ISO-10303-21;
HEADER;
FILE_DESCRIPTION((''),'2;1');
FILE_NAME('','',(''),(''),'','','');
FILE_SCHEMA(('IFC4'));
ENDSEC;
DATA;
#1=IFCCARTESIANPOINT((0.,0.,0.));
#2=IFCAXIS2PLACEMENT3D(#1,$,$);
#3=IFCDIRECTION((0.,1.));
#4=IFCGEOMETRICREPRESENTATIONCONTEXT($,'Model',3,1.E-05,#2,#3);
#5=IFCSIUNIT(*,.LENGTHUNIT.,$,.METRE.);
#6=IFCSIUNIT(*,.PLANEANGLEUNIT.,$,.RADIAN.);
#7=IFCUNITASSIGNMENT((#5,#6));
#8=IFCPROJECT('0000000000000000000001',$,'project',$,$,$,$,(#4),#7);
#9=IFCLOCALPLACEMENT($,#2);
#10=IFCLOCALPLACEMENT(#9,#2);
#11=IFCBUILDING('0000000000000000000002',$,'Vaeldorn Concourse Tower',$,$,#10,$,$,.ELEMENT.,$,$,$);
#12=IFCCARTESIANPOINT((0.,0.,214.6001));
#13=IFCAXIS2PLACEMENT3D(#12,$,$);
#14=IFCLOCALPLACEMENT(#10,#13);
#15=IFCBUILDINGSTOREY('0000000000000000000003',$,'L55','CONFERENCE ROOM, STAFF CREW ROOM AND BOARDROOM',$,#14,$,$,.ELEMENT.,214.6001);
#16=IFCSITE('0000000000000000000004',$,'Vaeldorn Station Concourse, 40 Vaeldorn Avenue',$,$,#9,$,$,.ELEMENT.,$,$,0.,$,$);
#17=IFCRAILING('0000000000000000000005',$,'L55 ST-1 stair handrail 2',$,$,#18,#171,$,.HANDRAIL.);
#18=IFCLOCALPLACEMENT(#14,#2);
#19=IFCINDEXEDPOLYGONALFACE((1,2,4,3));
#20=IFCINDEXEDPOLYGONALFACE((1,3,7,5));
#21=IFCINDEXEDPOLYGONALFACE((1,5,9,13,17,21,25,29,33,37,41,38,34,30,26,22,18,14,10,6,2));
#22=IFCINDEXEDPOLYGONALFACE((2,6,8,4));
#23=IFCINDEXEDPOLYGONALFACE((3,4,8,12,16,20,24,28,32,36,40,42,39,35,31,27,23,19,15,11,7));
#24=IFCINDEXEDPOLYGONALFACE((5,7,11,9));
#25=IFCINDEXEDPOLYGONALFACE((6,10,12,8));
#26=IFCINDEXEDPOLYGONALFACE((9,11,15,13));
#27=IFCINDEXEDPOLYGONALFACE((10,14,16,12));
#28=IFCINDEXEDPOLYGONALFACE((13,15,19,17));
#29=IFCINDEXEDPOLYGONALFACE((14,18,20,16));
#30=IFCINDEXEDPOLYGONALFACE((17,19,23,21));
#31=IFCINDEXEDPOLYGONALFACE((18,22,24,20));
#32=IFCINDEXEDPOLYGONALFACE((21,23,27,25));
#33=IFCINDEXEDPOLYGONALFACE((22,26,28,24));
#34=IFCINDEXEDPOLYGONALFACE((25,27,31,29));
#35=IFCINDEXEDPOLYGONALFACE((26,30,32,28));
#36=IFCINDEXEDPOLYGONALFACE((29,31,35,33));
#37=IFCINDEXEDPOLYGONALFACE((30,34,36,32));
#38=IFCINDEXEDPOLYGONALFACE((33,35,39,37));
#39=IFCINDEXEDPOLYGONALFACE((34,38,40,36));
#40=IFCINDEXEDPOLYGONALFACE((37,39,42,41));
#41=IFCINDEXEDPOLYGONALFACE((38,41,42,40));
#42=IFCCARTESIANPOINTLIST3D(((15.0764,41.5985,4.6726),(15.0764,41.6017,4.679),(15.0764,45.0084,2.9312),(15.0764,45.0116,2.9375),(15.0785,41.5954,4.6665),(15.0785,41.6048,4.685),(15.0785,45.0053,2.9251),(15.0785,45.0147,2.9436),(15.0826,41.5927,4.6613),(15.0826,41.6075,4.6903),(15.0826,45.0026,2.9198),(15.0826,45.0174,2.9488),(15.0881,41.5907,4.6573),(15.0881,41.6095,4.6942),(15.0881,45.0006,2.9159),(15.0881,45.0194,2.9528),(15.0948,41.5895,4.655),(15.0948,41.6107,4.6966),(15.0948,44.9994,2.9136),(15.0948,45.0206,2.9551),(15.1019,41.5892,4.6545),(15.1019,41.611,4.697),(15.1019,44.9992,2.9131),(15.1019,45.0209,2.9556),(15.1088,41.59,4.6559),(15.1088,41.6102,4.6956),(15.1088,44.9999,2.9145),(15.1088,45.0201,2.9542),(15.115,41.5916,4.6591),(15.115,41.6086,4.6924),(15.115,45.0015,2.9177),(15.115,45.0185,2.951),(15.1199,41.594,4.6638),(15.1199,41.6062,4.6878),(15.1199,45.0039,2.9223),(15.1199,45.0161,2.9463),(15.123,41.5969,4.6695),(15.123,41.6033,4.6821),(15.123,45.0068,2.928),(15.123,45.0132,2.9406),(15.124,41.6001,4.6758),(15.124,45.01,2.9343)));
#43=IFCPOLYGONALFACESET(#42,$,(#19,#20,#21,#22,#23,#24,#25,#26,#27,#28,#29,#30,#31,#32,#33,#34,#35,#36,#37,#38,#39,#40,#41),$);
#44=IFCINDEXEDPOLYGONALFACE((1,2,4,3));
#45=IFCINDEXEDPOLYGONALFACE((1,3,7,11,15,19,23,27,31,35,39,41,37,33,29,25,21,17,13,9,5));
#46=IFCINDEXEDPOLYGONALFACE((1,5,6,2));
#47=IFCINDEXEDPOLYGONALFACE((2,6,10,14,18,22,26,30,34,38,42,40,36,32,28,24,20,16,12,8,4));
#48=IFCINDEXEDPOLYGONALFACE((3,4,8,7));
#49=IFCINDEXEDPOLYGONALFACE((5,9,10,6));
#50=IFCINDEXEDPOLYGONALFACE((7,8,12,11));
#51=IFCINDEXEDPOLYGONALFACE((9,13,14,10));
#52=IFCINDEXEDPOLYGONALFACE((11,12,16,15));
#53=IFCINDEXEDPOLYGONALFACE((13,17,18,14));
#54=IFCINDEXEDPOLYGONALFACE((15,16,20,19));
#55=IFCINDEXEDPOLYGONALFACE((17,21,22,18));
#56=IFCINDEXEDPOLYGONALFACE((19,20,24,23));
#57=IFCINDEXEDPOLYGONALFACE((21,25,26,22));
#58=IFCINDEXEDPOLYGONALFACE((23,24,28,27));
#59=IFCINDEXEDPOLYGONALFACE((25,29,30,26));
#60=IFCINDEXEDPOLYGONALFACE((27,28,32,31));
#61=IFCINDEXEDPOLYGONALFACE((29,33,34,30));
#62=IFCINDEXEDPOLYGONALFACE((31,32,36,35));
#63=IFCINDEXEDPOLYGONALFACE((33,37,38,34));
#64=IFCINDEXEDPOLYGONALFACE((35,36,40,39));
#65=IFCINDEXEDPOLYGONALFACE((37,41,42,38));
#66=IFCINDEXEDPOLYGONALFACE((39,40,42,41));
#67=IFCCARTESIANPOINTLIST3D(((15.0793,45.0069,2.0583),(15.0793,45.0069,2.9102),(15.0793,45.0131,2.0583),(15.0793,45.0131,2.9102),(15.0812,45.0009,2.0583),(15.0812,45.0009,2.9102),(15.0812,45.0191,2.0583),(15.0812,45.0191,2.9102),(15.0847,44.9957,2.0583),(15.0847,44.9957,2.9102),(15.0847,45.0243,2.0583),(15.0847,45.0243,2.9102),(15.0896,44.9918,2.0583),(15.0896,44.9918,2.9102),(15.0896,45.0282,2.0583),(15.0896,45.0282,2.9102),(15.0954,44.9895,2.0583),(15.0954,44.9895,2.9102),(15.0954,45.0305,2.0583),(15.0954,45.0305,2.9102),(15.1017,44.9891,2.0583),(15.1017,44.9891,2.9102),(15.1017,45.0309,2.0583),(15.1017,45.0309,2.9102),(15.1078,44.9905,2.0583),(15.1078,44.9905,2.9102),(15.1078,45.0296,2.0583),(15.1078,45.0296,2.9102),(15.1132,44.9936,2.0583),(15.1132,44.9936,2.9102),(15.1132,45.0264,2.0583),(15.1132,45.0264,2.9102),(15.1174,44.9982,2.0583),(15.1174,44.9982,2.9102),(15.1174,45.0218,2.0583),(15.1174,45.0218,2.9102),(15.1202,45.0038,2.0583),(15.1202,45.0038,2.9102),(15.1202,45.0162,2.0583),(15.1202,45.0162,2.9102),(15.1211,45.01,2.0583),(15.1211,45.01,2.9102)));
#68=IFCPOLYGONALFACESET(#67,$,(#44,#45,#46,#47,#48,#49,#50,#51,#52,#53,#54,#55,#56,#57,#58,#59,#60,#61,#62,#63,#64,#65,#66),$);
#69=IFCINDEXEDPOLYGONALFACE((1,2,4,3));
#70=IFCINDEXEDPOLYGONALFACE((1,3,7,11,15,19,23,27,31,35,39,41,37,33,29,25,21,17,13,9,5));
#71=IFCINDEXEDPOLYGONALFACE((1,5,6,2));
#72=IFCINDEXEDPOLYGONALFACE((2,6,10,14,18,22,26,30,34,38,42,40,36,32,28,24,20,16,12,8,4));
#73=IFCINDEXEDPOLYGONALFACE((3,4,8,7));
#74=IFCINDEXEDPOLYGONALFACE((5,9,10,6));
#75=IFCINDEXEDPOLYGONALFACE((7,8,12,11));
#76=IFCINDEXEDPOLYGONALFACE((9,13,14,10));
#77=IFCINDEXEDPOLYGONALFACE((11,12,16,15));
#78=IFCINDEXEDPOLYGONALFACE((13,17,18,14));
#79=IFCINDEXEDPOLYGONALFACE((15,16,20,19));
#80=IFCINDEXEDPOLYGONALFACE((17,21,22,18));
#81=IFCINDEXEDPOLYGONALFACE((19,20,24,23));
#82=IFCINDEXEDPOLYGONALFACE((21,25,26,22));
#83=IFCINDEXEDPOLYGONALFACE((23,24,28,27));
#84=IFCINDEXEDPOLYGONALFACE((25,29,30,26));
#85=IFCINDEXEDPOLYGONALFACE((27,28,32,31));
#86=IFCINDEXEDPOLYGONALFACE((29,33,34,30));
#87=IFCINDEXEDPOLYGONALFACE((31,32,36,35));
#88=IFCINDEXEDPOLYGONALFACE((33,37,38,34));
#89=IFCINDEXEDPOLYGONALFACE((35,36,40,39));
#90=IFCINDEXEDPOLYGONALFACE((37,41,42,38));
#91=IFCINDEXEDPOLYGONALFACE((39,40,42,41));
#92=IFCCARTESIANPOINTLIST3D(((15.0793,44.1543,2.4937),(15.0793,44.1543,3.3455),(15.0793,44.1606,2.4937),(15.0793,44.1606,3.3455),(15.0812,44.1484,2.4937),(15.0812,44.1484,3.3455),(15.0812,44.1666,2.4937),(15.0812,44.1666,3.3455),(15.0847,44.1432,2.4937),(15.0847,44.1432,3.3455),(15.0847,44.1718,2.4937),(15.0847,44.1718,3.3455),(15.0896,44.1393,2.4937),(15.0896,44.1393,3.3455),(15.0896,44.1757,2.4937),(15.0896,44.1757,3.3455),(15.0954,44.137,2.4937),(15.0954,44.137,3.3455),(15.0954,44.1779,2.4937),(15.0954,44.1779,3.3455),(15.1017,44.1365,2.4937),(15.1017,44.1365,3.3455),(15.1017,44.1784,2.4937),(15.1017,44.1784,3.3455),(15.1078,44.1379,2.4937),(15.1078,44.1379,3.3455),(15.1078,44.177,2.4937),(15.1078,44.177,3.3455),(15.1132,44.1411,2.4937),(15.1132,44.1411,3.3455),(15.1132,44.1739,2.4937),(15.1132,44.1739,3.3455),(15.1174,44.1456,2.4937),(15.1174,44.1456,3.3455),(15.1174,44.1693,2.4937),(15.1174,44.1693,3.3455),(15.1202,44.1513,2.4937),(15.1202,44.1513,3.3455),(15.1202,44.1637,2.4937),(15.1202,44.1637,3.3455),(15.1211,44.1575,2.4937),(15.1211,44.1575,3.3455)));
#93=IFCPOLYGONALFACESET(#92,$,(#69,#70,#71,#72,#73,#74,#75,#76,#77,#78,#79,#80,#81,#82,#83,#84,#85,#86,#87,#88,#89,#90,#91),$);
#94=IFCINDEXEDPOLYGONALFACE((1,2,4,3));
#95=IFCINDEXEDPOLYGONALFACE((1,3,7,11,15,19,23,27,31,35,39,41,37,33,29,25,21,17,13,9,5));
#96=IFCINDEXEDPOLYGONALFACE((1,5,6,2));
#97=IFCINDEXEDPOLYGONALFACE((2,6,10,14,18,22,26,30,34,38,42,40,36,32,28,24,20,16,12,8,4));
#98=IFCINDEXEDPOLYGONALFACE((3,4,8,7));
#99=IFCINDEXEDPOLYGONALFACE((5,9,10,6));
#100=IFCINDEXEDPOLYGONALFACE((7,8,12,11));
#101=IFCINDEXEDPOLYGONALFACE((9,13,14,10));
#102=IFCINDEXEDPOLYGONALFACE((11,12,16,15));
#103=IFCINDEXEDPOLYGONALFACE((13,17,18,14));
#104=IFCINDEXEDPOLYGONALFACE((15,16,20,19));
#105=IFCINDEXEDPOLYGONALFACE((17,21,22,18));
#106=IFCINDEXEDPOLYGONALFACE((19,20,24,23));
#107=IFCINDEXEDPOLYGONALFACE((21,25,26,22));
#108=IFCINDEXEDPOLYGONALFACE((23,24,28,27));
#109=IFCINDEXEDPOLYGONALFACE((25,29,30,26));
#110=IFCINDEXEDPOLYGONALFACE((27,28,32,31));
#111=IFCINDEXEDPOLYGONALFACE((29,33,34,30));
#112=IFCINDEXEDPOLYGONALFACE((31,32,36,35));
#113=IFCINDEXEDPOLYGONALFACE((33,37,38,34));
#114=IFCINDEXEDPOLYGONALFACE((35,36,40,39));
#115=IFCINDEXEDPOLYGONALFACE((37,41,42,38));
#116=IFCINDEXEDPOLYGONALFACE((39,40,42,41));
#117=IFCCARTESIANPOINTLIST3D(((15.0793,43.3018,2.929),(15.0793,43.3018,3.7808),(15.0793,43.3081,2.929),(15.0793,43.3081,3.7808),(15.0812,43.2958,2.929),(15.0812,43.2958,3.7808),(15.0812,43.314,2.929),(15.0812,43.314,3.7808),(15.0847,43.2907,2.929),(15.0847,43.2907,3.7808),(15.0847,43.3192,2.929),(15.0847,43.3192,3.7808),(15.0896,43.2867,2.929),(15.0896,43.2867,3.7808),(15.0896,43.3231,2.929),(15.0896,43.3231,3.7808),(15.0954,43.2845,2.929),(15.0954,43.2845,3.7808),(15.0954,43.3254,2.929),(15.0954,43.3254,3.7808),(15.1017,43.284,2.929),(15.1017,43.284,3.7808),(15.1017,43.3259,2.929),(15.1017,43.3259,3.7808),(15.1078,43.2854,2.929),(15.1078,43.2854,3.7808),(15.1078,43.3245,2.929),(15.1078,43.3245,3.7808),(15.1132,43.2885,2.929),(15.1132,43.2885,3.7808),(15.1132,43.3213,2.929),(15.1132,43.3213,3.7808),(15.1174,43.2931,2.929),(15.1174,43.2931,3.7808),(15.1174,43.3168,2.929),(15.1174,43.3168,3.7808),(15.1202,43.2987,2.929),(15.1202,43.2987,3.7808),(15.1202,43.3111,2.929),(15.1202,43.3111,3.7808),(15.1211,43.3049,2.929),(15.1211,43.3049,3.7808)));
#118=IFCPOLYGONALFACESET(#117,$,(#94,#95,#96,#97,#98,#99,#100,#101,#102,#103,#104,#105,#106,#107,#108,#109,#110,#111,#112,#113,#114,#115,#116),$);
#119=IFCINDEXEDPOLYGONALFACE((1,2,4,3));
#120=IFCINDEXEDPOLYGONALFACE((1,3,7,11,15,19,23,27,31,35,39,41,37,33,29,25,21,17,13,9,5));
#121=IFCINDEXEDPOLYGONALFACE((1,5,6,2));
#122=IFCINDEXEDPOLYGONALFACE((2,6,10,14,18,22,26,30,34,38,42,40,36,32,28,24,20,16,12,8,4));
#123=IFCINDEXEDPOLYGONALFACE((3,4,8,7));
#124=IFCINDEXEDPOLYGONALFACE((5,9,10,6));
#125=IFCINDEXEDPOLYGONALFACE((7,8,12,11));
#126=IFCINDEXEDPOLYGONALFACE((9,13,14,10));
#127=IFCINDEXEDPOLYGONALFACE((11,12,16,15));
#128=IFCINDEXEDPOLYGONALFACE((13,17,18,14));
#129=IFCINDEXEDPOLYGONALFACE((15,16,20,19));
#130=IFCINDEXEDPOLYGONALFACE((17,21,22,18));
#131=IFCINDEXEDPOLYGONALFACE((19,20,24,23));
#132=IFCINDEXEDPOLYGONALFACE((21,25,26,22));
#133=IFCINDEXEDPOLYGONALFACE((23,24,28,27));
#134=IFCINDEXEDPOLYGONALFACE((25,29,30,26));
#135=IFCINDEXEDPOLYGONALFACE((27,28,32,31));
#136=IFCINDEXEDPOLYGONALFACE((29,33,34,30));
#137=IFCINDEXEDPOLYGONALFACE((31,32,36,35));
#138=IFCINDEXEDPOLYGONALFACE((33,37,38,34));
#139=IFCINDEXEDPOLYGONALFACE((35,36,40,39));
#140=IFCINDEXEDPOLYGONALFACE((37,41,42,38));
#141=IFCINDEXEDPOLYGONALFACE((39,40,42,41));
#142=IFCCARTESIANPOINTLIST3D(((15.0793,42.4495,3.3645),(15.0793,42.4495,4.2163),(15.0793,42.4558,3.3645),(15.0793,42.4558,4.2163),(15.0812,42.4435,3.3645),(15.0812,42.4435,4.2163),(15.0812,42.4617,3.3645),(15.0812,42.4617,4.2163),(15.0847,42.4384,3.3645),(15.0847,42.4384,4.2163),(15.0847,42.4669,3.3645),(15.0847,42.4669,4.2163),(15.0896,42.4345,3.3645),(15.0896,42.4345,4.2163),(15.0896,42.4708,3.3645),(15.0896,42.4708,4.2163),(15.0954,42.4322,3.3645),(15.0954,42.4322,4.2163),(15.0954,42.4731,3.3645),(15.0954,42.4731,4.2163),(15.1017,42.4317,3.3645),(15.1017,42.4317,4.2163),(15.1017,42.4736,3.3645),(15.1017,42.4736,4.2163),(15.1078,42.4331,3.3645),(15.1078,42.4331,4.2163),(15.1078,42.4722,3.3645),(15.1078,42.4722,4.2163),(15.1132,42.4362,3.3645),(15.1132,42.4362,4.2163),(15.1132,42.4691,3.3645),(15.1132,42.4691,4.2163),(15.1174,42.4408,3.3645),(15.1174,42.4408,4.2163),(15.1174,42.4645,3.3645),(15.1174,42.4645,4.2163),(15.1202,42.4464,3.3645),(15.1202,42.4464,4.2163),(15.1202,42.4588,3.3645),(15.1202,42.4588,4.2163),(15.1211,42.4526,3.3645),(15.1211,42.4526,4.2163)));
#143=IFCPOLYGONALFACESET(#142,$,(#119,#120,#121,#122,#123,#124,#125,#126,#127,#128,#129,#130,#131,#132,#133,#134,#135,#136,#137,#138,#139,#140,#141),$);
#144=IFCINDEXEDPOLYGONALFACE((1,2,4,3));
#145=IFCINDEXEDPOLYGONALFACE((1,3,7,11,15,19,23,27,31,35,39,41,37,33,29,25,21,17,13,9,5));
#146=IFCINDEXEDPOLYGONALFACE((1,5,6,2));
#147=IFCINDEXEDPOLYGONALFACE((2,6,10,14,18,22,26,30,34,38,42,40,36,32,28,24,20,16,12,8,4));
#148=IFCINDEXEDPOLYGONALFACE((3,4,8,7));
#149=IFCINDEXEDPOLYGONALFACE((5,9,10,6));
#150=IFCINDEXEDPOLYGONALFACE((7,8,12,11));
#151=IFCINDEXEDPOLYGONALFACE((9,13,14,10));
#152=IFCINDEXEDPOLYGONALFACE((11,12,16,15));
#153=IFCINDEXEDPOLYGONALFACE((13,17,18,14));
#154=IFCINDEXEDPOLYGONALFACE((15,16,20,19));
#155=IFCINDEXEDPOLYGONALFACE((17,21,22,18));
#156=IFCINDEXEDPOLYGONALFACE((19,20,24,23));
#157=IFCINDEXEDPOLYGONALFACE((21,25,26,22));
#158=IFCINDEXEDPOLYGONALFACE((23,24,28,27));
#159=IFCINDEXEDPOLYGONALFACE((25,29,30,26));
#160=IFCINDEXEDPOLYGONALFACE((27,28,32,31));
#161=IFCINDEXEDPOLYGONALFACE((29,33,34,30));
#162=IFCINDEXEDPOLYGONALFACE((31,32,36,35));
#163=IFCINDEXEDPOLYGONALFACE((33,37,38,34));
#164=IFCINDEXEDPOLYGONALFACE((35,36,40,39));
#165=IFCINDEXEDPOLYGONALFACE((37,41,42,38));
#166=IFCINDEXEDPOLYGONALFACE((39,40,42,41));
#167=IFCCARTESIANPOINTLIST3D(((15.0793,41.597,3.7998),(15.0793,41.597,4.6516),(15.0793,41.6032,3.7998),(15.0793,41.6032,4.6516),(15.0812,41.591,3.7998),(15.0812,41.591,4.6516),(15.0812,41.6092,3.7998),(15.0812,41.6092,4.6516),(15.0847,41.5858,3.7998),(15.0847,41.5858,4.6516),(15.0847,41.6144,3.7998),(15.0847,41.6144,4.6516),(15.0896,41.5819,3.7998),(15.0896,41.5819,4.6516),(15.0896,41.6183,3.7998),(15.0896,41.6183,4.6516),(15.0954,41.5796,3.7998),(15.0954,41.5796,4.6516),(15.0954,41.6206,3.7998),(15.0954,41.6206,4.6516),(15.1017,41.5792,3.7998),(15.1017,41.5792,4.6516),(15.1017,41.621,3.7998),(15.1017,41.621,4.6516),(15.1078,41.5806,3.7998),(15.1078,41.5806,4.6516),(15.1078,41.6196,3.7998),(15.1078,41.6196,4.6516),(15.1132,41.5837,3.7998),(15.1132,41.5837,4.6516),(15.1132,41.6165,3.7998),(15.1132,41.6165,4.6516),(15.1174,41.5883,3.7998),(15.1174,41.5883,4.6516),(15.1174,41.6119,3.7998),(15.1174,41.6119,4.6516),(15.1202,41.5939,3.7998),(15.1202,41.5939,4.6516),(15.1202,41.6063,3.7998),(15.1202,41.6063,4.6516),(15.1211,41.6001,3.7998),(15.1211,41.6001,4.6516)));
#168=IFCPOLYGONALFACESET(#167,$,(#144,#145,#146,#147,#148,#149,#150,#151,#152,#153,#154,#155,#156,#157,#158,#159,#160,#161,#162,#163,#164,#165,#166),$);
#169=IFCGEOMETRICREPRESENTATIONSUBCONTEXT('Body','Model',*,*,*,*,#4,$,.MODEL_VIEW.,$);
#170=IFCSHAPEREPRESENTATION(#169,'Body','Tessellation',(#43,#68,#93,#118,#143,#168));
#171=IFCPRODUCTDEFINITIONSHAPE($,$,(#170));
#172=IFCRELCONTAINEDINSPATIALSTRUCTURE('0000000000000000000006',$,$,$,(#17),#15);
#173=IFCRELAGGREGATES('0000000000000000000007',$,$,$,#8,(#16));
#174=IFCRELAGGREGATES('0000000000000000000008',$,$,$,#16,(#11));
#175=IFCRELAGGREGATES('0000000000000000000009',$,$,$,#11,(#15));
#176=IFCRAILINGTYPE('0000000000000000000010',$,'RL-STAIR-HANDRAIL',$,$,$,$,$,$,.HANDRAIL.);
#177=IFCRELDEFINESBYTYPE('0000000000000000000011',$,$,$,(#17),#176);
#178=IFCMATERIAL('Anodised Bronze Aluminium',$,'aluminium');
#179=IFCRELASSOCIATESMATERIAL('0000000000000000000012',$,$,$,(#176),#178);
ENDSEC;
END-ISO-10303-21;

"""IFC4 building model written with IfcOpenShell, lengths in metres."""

from ifc_helpers import new_model, si_unit, direction, frame, origin, origin_2d, place, context, subcontext, project, spatial, circle, extrude, material, type_object, element, save


model = new_model("IFC4")

# Units and contexts
model_context = context("Model", 3, precision=1e-05, world=origin(), true_north=direction((0.0, 1.0)))
body_context = subcontext(model_context, "Body", "Model", "MODEL_VIEW")
ifc_project = project(units=[si_unit("LENGTHUNIT", "METRE"), si_unit("PLANEANGLEUNIT", "RADIAN")], contexts=[model_context])

# Site, building, storey
site_placement = place(None, origin())
site = spatial("IfcSite", under=ifc_project, at=site_placement, Name="Vaeldorn Station Concourse, 40 Vaeldorn Avenue", CompositionType="ELEMENT", RefElevation=0.0)
building_placement = place(site_placement, origin())
building = spatial("IfcBuilding", under=site, at=building_placement, Name="Vaeldorn Concourse Tower", CompositionType="ELEMENT")
storey_placement = place(building_placement, frame((0.0, 0.0, 214.6001)))
storey = spatial("IfcBuildingStorey", under=building, at=storey_placement, Name="L55", Description="CONFERENCE ROOM, STAFF CREW ROOM AND BOARDROOM", CompositionType="ELEMENT", Elevation=214.6001)

# Shared definitions
ifc_material_1 = material(Name="Anodised Bronze Aluminium", Category="aluminium")

# Railing
railing_type_1 = type_object("IfcRailingType", Name="RL-STAIR-HANDRAIL", PredefinedType="HANDRAIL", material=ifc_material_1)
railing_1_placement = place(storey_placement, frame((15.1001, 45.01, 2.0583)))
element("IfcRailing", 1, at=railing_1_placement, inside=storey, type_object=railing_type_1, Name="L55 ST-1 stair handrail 2", PredefinedType="HANDRAIL", context=body_context, shape_type="SweptSolid", body=[
    extrude(circle(Radius=0.0239, at=origin_2d()), frame((0.0, 0.0, 0.876), z_axis=(0.0, -0.890582, 0.454823), x_axis=(1.0, 0.0, 0.0)), (0.0, 0.0, 1.0), 3.8289),
    extrude(circle(Radius=0.021, at=origin_2d()), origin(), (0.0, 0.0, 1.0), 0.8518),
    extrude(circle(Radius=0.021, at=origin_2d()), frame((0.0, -0.8525, 0.4353)), (0.0, 0.0, 1.0), 0.8518),
    extrude(circle(Radius=0.021, at=origin_2d()), frame((0.0, -1.7051, 0.8706)), (0.0, 0.0, 1.0), 0.8518),
    extrude(circle(Radius=0.021, at=origin_2d()), frame((0.0, -2.5574, 1.3062)), (0.0, 0.0, 1.0), 0.8518),
    extrude(circle(Radius=0.021, at=origin_2d()), frame((0.0, -3.4099, 1.7415)), (0.0, 0.0, 1.0), 0.8518),
])

save(model, "model.ifc")
